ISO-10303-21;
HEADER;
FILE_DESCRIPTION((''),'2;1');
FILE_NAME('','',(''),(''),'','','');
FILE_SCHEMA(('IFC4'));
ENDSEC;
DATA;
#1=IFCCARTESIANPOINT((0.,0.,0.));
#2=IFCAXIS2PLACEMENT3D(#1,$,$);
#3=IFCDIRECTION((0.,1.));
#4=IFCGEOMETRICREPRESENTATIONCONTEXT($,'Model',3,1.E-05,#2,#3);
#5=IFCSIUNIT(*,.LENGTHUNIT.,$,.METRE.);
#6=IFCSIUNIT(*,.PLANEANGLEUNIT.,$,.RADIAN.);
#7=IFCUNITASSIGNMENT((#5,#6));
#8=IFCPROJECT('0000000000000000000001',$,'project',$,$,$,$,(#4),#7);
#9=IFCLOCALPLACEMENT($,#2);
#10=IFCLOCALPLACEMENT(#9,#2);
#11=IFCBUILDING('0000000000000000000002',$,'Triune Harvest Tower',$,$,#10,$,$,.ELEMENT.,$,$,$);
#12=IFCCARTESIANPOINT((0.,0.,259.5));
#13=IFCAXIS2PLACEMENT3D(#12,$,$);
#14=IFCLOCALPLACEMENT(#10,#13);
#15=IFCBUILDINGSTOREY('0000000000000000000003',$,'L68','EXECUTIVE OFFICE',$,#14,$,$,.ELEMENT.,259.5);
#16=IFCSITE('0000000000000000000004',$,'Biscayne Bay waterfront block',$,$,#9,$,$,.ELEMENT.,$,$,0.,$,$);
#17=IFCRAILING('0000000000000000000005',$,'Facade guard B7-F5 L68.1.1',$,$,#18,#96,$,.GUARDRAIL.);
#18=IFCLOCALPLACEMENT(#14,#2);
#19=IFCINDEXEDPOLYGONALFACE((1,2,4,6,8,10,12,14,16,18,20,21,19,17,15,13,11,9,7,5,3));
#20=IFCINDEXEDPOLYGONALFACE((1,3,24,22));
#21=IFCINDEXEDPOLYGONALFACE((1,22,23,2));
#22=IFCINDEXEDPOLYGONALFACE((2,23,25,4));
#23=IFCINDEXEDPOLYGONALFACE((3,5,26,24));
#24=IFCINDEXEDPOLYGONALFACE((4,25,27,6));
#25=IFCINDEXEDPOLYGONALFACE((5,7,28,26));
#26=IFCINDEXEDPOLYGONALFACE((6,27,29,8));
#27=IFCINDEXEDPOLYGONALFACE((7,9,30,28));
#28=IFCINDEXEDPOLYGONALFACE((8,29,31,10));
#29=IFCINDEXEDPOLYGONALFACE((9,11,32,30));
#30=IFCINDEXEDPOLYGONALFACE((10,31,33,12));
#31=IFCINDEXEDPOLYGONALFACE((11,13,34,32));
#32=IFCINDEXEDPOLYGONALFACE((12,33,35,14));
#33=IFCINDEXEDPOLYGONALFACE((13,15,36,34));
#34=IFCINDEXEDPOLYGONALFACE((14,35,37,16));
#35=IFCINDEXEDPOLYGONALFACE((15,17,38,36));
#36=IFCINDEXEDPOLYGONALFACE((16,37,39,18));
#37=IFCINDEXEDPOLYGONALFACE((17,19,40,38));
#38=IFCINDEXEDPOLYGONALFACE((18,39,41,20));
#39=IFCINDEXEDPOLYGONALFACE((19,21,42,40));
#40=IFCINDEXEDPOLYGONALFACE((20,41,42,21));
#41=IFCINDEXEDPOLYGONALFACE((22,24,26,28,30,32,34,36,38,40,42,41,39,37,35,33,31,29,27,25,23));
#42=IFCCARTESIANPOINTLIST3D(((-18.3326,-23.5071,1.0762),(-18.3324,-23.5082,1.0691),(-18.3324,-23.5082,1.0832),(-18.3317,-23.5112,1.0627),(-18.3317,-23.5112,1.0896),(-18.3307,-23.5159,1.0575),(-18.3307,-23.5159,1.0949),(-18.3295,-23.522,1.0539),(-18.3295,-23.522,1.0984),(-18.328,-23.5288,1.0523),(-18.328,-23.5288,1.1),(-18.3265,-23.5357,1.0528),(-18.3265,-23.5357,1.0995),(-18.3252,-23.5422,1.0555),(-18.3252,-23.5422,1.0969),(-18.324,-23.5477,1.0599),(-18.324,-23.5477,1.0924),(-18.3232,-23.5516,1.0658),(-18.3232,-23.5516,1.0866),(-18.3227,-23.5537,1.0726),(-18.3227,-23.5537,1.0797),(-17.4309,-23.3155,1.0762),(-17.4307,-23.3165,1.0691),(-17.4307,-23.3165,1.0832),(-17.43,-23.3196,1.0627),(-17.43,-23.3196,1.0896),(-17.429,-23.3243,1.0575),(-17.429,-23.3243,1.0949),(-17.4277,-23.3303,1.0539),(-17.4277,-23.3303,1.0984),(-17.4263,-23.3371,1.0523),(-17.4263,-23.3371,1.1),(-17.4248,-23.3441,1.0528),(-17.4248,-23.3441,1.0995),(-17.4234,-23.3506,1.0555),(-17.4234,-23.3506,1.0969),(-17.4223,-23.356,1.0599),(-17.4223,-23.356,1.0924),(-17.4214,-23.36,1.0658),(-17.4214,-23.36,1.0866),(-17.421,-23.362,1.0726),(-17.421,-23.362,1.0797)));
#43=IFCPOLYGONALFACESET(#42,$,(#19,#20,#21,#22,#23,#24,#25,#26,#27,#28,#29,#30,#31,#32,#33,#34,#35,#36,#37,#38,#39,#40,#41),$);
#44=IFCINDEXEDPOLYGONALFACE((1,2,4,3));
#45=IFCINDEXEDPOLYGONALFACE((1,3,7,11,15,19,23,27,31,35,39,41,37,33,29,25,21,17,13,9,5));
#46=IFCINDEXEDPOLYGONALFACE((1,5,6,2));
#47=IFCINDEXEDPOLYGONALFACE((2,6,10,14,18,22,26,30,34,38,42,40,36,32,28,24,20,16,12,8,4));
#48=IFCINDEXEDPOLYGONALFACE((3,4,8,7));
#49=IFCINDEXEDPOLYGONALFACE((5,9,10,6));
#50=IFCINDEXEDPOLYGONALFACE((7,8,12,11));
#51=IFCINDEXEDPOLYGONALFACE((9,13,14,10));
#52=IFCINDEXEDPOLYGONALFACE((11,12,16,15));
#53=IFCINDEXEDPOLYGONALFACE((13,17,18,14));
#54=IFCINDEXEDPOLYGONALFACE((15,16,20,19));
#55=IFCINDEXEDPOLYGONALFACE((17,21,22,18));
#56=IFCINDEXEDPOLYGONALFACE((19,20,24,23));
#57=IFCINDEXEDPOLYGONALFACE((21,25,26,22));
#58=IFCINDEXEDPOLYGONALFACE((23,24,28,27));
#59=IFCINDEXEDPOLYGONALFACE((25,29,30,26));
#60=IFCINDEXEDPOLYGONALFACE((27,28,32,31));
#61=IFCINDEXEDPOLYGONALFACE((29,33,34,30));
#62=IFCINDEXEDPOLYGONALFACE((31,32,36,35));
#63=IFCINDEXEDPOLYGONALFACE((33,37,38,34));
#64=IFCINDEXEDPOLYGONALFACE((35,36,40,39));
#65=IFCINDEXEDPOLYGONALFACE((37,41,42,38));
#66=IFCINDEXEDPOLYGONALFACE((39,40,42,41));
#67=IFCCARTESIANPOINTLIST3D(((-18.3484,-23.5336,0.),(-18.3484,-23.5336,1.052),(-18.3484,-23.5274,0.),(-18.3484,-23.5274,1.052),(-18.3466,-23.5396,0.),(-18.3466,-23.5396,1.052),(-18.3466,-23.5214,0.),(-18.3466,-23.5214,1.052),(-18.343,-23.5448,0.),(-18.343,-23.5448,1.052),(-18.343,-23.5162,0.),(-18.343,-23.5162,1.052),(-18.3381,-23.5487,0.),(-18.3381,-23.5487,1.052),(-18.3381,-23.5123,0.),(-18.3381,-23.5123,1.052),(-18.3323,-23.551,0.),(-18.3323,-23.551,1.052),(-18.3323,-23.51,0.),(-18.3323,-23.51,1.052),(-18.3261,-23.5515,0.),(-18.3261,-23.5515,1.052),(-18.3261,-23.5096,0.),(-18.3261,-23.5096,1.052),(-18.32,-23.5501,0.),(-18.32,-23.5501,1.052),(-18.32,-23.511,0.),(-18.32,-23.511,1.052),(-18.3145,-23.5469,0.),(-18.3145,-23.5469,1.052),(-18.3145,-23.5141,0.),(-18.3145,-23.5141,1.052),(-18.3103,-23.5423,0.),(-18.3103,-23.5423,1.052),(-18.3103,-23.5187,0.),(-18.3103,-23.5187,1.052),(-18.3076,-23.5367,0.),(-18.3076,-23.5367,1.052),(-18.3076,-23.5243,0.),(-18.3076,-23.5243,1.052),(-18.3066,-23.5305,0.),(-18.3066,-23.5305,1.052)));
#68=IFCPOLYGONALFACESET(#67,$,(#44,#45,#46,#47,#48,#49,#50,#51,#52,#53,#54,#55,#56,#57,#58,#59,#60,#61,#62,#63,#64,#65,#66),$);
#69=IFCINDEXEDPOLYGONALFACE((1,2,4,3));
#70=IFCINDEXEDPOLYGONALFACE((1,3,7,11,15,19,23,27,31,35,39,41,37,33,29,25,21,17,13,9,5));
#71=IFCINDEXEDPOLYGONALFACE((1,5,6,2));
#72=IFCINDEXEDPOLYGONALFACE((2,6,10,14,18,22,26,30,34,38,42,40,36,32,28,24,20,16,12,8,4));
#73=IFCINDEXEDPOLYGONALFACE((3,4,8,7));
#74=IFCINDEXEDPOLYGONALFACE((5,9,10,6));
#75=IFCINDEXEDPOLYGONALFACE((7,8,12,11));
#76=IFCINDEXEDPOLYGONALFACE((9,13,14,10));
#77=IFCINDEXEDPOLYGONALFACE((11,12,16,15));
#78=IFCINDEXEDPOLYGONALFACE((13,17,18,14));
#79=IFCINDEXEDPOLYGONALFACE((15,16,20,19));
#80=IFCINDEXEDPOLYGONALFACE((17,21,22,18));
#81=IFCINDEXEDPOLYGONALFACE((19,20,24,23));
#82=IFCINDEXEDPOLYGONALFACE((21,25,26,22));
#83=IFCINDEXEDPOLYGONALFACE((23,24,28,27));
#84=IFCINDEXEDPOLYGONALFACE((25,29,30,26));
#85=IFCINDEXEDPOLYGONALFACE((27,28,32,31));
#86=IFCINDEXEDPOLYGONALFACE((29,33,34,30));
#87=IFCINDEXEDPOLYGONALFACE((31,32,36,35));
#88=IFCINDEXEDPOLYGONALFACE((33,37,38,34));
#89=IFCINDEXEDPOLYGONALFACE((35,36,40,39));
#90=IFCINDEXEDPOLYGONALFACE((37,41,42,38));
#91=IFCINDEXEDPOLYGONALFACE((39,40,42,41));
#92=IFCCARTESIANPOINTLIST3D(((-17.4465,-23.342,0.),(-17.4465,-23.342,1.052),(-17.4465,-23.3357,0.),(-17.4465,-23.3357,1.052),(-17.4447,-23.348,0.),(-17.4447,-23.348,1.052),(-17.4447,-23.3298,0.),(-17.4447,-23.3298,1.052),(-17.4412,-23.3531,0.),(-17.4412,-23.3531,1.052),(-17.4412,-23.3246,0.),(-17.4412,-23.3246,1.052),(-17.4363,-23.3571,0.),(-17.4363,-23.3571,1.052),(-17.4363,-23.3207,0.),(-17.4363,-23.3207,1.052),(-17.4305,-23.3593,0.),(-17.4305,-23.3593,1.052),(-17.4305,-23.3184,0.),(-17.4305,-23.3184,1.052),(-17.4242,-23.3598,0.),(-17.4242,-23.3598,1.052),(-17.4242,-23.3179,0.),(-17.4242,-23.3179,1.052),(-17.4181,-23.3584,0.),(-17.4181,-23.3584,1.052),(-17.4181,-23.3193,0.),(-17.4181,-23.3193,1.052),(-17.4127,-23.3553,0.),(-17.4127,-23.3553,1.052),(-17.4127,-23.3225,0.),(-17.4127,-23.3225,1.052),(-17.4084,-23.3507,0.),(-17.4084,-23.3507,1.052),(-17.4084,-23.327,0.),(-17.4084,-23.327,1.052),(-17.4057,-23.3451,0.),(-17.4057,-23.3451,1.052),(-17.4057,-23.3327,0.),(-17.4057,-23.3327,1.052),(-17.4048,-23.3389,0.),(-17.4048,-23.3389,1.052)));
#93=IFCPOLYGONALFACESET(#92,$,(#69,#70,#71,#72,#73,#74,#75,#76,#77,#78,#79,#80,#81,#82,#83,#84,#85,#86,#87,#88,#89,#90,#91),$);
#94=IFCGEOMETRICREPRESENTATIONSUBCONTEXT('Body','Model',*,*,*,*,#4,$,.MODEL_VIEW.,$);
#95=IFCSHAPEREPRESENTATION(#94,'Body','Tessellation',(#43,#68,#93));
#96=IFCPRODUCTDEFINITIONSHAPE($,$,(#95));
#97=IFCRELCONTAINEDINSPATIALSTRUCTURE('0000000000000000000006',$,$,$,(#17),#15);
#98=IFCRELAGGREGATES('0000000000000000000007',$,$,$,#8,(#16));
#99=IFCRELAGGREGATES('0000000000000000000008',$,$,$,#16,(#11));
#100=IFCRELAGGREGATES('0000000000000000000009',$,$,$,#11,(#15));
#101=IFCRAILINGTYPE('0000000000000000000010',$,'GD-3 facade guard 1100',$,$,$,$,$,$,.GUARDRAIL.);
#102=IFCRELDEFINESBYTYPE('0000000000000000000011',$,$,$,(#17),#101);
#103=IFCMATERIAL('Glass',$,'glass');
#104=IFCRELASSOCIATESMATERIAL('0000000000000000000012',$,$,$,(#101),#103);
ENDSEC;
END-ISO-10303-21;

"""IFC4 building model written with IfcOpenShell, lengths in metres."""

from ifc_helpers import new_model, si_unit, direction, frame, origin, origin_2d, place, context, subcontext, project, spatial, circle, extrude, material, type_object, element, save


model = new_model("IFC4")

# Units and contexts
model_context = context("Model", 3, precision=1e-05, world=origin(), true_north=direction((0.0, 1.0)))
body_context = subcontext(model_context, "Body", "Model", "MODEL_VIEW")
ifc_project = project(units=[si_unit("LENGTHUNIT", "METRE"), si_unit("PLANEANGLEUNIT", "RADIAN")], contexts=[model_context])

# Site, building, storey
site_placement = place(None, origin())
site = spatial("IfcSite", under=ifc_project, at=site_placement, Name="Biscayne Bay waterfront block", CompositionType="ELEMENT", RefElevation=0.0)
building_placement = place(site_placement, origin())
building = spatial("IfcBuilding", under=site, at=building_placement, Name="Triune Harvest Tower", CompositionType="ELEMENT")
storey_placement = place(building_placement, frame((0.0, 0.0, 259.5)))
storey = spatial("IfcBuildingStorey", under=building, at=storey_placement, Name="L68", Description="EXECUTIVE OFFICE", CompositionType="ELEMENT", Elevation=259.5)

# Railing
ifc_material_1 = material(Name="Glass", Category="glass")
railing_type = type_object("IfcRailingType", Name="GD-3 facade guard 1100", PredefinedType="GUARDRAIL", material=ifc_material_1)
railing_placement = place(storey_placement, frame((-18.3276, -23.5305, 0.0)))
element("IfcRailing", 1, at=railing_placement, inside=storey, type_object=railing_type, Name="Facade guard B7-F5 L68.1.1", PredefinedType="GUARDRAIL", context=body_context, shape_type="SweptSolid", body=[
    extrude(circle(Radius=0.0239, at=origin_2d()), frame((0.0, 0.0, 1.0762), z_axis=(0.978158, 0.207865, 0.0), x_axis=(-0.207865, 0.978158, 0.0)), (0.0, 0.0, 1.0), 0.9219),
    extrude(circle(Radius=0.021, at=origin_2d()), origin(), (0.0, 0.0, 1.0), 1.052),
    extrude(circle(Radius=0.021, at=origin_2d()), frame((0.9019, 0.1917, 0.0)), (0.0, 0.0, 1.0), 1.052),
])

save(model, "model.ifc")
